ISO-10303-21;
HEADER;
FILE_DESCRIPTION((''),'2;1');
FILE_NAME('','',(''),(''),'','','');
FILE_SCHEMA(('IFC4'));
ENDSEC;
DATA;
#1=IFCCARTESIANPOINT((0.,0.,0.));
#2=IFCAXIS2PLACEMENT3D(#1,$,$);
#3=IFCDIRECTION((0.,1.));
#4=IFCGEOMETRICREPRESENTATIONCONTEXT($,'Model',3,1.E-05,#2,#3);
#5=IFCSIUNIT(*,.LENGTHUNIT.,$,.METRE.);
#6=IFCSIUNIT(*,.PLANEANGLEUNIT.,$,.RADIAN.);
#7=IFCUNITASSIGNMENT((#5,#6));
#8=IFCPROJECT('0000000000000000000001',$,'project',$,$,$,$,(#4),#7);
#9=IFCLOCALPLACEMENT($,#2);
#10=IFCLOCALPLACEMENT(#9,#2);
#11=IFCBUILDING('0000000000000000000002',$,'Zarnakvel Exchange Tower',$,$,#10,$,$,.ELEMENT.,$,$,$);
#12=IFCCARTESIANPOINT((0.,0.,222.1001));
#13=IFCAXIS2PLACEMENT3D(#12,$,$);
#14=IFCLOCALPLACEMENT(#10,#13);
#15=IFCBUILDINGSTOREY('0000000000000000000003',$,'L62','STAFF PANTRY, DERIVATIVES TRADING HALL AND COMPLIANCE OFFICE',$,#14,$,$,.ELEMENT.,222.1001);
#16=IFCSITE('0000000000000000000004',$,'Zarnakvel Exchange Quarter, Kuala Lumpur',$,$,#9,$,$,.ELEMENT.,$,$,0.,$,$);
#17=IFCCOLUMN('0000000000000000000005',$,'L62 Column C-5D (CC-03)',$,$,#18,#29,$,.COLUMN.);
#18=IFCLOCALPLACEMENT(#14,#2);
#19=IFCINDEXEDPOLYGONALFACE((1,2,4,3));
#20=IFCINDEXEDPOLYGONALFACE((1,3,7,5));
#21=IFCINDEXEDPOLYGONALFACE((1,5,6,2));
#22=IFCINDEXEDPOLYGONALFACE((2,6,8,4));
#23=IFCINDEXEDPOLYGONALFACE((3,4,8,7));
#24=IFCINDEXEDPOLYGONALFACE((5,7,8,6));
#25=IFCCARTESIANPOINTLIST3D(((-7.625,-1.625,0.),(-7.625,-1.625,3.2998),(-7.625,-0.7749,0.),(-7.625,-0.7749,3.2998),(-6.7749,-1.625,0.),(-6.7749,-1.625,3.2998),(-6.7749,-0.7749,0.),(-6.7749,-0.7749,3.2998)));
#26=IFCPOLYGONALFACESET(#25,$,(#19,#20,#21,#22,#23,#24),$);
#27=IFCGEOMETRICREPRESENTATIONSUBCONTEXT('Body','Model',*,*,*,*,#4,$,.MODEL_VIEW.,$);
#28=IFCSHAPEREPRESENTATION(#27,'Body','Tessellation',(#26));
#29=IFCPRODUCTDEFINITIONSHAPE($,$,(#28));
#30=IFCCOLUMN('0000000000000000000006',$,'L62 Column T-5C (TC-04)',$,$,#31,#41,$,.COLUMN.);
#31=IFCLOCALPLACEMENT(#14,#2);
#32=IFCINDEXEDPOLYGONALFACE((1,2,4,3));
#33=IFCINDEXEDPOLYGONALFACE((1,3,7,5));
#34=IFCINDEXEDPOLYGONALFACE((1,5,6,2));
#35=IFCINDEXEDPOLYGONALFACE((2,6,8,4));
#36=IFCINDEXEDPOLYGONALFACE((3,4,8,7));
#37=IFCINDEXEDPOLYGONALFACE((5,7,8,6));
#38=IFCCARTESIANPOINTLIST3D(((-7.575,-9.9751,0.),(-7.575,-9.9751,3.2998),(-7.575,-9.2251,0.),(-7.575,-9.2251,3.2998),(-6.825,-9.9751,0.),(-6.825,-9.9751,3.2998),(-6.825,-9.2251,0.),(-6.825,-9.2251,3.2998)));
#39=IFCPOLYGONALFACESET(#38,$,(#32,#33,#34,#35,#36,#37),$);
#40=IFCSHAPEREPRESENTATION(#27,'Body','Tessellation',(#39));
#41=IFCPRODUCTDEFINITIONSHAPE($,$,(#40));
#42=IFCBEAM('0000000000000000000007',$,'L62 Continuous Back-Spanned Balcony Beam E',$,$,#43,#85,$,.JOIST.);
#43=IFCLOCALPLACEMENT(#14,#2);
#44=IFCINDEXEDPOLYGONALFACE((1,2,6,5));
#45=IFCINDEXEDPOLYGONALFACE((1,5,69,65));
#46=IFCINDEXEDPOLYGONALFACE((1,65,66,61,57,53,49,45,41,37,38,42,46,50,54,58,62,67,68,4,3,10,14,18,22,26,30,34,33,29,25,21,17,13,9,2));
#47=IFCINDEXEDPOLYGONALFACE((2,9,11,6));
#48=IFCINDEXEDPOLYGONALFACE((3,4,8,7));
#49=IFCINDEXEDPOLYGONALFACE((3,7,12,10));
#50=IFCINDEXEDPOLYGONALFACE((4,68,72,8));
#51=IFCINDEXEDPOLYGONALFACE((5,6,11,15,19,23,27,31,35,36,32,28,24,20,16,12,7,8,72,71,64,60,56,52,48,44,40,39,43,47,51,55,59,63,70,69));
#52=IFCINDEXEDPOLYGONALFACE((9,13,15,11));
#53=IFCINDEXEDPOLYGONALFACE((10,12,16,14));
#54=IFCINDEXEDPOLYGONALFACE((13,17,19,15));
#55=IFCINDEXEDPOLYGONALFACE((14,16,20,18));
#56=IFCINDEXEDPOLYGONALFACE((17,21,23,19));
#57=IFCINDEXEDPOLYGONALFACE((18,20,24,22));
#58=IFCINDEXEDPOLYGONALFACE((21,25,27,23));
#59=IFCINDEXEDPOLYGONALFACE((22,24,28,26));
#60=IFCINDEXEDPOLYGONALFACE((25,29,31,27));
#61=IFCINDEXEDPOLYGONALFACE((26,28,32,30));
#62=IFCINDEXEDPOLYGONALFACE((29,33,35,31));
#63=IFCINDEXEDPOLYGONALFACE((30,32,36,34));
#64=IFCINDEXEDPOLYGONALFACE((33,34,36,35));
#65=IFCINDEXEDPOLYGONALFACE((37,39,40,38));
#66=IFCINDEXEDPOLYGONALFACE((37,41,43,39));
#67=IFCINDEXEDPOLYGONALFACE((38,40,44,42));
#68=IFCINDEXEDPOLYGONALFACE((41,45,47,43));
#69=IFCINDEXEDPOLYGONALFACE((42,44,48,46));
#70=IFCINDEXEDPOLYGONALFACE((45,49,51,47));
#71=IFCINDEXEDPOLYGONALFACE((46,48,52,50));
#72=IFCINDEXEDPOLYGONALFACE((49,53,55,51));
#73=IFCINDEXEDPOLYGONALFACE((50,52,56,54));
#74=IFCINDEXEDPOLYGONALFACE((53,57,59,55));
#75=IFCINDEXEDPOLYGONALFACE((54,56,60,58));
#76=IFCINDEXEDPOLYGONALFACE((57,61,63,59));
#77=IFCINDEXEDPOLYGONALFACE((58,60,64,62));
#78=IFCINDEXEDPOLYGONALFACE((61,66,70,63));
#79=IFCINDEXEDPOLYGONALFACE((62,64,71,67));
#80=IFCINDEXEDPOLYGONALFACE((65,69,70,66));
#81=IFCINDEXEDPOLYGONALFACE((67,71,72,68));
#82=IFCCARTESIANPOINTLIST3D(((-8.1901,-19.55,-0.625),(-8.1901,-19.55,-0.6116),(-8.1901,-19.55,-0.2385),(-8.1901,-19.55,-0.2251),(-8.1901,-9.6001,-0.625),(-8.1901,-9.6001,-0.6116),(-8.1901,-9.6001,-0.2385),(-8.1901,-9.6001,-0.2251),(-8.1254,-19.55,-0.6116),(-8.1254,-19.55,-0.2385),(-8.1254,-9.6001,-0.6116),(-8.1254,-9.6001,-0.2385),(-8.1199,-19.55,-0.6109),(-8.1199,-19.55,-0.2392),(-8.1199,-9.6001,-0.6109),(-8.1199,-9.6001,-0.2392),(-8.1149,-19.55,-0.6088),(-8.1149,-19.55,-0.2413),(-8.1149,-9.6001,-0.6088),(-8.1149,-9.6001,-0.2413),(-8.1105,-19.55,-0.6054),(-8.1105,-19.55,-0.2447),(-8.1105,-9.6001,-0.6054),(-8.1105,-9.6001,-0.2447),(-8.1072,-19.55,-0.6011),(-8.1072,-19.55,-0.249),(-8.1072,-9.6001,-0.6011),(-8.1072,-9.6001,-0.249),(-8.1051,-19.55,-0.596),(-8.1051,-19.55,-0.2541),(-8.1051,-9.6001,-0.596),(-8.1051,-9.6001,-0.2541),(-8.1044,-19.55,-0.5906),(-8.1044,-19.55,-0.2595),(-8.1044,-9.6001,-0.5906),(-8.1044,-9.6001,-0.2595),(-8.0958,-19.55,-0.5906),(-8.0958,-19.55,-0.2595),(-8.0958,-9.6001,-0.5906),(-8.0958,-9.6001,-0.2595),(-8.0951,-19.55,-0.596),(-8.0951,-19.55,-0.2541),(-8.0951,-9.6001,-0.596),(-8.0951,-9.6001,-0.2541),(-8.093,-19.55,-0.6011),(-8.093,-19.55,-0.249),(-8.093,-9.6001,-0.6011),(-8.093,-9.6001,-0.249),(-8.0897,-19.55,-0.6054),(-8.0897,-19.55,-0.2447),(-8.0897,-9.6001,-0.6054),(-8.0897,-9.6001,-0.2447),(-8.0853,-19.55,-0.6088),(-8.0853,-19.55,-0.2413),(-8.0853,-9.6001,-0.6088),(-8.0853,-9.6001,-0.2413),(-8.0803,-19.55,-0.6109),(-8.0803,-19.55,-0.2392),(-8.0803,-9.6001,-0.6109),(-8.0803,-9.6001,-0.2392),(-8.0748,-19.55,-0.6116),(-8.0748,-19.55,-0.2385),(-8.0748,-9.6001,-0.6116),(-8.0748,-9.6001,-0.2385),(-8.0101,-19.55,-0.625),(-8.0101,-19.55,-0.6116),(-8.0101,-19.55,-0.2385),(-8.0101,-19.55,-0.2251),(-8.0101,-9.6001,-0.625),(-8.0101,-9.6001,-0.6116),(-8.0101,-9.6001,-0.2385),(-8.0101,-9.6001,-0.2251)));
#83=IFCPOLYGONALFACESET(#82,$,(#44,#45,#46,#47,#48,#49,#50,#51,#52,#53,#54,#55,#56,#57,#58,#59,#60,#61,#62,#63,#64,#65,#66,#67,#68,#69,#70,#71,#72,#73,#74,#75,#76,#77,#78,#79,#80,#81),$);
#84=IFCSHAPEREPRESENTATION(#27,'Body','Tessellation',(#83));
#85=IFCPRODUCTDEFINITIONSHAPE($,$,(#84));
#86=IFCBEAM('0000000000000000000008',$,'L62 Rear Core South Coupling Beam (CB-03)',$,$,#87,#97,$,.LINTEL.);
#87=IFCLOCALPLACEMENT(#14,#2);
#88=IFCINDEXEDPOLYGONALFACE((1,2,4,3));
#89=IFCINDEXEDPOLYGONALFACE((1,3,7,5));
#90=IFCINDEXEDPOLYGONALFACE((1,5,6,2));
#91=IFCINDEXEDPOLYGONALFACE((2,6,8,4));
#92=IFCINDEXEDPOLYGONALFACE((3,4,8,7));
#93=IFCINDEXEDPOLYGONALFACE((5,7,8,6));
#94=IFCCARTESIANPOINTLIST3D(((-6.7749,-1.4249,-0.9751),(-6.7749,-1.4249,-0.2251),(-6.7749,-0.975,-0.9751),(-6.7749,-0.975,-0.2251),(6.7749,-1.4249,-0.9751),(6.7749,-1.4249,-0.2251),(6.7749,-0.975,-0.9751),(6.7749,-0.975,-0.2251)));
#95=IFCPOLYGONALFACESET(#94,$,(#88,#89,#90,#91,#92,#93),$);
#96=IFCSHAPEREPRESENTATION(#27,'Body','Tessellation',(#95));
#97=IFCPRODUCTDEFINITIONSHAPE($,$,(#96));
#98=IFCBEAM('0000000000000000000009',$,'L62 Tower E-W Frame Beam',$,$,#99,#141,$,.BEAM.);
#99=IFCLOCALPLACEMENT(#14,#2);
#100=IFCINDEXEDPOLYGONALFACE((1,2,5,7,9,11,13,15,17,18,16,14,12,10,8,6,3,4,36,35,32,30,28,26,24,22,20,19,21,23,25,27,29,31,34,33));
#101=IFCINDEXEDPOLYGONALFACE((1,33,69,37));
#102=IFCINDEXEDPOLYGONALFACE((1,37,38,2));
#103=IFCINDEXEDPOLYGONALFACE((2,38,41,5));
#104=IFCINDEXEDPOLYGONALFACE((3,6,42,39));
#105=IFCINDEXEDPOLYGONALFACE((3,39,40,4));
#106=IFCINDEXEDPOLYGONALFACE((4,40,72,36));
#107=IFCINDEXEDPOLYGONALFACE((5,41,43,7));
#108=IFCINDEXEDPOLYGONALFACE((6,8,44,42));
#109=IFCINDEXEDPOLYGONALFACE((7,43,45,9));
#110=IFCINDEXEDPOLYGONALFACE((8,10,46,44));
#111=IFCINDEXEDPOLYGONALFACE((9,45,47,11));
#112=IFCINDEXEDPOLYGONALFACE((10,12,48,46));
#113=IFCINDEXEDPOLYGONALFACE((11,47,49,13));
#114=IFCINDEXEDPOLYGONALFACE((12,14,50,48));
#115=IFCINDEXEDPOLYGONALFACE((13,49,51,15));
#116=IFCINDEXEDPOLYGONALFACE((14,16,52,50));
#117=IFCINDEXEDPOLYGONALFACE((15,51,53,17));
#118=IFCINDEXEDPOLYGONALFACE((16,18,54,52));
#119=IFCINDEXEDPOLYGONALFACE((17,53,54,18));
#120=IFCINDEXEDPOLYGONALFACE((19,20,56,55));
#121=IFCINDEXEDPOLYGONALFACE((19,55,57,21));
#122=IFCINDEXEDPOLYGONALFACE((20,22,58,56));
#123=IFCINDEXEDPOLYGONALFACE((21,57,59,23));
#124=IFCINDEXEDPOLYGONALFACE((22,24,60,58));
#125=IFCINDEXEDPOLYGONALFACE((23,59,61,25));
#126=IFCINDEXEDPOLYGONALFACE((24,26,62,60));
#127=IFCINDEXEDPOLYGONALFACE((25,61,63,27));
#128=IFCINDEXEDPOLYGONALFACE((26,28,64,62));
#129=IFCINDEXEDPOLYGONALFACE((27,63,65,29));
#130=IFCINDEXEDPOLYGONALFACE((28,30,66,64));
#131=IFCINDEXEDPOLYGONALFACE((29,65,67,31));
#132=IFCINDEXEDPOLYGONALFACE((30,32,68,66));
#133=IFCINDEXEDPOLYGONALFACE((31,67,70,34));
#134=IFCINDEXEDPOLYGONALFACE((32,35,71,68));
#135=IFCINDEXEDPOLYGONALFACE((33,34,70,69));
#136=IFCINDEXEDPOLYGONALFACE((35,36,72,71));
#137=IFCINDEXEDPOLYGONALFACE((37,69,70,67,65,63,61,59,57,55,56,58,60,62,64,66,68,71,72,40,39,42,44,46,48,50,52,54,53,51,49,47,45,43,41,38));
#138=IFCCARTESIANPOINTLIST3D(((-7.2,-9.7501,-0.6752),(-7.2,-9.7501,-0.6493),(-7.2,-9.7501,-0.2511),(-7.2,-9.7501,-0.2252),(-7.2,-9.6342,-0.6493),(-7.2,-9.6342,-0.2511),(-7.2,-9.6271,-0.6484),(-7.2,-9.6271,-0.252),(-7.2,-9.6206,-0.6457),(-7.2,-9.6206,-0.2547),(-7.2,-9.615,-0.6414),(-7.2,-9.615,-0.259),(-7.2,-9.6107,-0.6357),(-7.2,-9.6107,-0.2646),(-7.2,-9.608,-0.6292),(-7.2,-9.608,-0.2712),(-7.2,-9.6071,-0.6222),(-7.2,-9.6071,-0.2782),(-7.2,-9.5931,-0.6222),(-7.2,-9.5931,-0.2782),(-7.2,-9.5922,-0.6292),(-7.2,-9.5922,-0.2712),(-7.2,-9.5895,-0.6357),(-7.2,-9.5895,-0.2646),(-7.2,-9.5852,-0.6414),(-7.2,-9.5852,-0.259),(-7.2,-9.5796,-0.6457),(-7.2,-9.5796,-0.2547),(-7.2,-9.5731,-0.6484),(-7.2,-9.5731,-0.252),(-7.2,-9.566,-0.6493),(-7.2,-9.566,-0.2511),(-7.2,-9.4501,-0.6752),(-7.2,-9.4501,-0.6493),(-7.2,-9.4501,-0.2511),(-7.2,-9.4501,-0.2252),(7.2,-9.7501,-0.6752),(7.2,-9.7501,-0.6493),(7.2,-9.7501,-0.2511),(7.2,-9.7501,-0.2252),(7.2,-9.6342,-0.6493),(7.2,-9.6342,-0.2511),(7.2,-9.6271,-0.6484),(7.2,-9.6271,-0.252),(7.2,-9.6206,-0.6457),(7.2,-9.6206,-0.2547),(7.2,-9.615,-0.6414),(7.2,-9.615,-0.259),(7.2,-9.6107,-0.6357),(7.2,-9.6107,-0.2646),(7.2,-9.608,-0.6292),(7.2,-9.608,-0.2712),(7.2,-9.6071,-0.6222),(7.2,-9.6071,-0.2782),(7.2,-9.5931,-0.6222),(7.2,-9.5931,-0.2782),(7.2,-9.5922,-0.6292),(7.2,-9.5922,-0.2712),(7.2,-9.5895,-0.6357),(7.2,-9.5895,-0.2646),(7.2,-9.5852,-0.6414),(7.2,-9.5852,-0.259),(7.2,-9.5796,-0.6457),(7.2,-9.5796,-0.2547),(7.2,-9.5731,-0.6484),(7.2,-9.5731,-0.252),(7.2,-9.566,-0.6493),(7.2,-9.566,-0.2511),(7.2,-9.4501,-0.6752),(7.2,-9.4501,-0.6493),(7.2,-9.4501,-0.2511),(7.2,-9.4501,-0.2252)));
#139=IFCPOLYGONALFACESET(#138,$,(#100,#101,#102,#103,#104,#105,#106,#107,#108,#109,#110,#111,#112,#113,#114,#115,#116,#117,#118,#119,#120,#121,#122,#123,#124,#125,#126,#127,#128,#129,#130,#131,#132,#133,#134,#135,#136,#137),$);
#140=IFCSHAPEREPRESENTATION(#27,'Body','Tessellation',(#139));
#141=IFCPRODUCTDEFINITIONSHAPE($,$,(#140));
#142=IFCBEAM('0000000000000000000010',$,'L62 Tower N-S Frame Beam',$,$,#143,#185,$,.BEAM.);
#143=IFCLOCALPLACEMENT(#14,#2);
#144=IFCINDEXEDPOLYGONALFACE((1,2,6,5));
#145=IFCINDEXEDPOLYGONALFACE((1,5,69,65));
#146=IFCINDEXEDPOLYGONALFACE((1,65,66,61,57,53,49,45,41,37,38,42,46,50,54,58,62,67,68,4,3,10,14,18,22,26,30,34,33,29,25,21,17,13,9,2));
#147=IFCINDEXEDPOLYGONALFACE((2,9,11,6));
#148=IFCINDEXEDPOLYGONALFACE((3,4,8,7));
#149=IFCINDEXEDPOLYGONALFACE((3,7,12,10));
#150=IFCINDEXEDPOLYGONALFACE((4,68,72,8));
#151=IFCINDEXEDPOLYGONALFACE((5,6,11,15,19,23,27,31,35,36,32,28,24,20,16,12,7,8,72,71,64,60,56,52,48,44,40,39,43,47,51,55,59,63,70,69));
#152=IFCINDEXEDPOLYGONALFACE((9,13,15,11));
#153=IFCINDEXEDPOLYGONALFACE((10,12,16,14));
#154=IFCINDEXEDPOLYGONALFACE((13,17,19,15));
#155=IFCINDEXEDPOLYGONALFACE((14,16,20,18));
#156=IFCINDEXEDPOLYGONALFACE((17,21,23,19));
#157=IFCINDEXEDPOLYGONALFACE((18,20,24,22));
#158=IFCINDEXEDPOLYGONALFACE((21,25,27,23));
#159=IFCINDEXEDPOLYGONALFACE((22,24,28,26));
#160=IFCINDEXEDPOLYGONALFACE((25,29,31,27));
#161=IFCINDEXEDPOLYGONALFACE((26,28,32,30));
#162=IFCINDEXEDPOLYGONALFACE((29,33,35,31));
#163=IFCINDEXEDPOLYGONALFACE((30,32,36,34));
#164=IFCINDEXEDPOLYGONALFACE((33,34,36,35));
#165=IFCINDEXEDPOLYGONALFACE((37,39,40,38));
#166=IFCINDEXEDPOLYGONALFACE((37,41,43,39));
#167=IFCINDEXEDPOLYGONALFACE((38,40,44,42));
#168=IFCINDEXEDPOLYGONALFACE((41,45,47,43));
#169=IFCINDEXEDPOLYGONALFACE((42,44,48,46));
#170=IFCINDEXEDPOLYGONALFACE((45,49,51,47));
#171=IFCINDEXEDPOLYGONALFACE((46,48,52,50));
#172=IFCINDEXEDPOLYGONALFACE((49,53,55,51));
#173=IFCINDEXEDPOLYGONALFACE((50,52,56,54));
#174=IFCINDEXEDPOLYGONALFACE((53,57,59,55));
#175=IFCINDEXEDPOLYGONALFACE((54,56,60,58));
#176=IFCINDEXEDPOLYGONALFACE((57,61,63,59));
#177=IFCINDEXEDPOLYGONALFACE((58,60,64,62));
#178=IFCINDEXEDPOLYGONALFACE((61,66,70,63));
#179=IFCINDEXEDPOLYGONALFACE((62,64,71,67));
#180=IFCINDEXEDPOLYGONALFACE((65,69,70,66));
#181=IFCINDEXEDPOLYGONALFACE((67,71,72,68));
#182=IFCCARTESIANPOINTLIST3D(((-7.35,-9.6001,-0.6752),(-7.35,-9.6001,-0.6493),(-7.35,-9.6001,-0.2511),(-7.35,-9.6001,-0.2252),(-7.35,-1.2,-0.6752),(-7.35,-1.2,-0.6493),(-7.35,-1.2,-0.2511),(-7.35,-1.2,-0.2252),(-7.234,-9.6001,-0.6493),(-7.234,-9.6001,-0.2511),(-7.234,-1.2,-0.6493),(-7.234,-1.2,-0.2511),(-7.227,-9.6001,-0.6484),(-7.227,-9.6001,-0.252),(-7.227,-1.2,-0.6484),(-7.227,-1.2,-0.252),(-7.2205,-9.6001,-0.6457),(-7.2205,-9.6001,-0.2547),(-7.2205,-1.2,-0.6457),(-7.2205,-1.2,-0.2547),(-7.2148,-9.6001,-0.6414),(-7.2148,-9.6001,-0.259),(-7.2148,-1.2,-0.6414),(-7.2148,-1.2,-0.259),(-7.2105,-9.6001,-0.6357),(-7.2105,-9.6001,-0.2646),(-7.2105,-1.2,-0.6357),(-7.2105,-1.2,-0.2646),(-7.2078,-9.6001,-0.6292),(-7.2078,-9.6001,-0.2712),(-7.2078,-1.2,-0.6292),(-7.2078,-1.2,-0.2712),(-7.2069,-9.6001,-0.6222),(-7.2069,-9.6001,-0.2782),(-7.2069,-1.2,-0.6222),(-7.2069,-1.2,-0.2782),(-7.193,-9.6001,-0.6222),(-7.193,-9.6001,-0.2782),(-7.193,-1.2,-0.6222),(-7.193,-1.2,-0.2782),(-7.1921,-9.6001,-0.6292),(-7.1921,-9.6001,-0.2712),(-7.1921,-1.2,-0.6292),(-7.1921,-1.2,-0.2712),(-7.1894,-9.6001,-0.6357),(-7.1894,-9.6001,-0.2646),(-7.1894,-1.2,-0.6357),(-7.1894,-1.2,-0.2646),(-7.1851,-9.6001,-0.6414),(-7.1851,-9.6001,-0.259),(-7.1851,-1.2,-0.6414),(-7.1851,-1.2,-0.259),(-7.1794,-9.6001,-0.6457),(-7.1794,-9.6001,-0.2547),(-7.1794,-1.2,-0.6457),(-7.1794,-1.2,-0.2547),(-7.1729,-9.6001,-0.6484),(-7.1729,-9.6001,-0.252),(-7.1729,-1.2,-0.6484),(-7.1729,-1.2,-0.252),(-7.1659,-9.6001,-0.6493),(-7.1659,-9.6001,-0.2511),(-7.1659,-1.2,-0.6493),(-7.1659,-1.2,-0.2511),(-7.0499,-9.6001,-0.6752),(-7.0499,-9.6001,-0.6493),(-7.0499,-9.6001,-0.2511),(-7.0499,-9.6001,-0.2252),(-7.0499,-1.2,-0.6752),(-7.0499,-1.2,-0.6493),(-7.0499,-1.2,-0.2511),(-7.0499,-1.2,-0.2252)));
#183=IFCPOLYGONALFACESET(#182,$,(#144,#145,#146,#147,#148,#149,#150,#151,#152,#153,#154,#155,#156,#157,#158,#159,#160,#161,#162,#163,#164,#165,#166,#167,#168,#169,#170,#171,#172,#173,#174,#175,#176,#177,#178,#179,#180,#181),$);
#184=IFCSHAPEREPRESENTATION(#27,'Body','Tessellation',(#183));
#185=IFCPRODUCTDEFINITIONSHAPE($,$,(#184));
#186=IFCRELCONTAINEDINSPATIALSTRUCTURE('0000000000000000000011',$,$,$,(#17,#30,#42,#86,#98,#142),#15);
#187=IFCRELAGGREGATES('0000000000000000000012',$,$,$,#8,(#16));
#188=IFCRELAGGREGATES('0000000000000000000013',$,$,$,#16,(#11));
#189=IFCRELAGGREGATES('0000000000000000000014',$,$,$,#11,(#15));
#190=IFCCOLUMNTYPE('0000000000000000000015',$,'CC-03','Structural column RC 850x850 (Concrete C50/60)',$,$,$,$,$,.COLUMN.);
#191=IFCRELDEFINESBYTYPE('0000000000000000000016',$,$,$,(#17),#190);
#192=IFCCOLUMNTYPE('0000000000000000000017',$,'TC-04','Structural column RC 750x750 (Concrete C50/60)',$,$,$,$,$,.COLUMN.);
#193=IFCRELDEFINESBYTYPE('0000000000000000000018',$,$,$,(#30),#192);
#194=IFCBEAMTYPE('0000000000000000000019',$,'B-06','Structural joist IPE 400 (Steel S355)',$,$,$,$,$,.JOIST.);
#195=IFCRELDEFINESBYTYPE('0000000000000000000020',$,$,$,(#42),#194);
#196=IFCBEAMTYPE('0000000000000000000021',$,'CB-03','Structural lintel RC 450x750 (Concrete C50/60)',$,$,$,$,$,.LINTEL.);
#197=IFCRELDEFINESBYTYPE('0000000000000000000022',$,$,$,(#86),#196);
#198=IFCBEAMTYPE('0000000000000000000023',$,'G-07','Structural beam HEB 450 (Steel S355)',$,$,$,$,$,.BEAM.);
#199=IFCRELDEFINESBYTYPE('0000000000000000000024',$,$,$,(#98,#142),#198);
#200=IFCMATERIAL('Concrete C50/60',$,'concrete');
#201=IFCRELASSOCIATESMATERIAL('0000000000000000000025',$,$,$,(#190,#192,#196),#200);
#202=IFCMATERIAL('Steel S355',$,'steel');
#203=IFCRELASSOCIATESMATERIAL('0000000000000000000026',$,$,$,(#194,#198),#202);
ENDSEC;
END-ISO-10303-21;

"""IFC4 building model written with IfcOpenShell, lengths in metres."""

from ifc_helpers import new_model, si_unit, direction, frame, origin, origin_2d, place, context, subcontext, project, spatial, rectangle, i_section, extrude, material, material_profile, profile_set, type_object, element, save


model = new_model("IFC4")

# Units and contexts
model_context = context("Model", 3, precision=1e-05, world=origin(), true_north=direction((0.0, 1.0)))
body_context = subcontext(model_context, "Body", "Model", "MODEL_VIEW")
ifc_project = project(units=[si_unit("LENGTHUNIT", "METRE"), si_unit("PLANEANGLEUNIT", "RADIAN")], contexts=[model_context])

# Site, building, storey
site_placement = place(None, origin())
site = spatial("IfcSite", under=ifc_project, at=site_placement, Name="Zarnakvel Exchange Quarter, Kuala Lumpur", CompositionType="ELEMENT", RefElevation=0.0)
building_placement = place(site_placement, origin())
building = spatial("IfcBuilding", under=site, at=building_placement, Name="Zarnakvel Exchange Tower", CompositionType="ELEMENT")
storey_placement = place(building_placement, frame((0.0, 0.0, 222.1001)))
storey = spatial("IfcBuildingStorey", under=building, at=storey_placement, Name="L62", Description="STAFF PANTRY, DERIVATIVES TRADING HALL AND COMPLIANCE OFFICE", CompositionType="ELEMENT", Elevation=222.1001)

# Columns
ifc_material_1 = material(Name="Concrete C50/60", Category="concrete")
ifc_material_profile_1 = material_profile(ifc_material_1, rectangle(XDim=0.8501, YDim=0.8501, at=origin_2d()))
ifc_profile_set_1 = profile_set([ifc_material_profile_1], Name="Concrete C50/60")
column_type_1 = type_object("IfcColumnType", Name="CC-03", Description="Structural column RC 850x850 (Concrete C50/60)", PredefinedType="COLUMN", material=ifc_profile_set_1)
column_1_placement = place(storey_placement, frame((-7.2, -1.2, 0.0), z_axis=(0.0, 0.0, 1.0), x_axis=(1.0, 0.0, 0.0)))
element("IfcColumn", 1, at=column_1_placement, inside=storey, type_object=column_type_1, Name="L62 Column C-5D (CC-03)", PredefinedType="COLUMN", context=body_context, shape_type="SweptSolid", body=[
    extrude(rectangle(XDim=0.8501, YDim=0.8501, at=origin_2d()), origin(), (0.0, 0.0, 1.0), 3.2998),
])
ifc_material_profile_2 = material_profile(ifc_material_1, rectangle(XDim=0.75, YDim=0.75, at=origin_2d()))
ifc_profile_set_2 = profile_set([ifc_material_profile_2], Name="Concrete C50/60")
column_type_2 = type_object("IfcColumnType", Name="TC-04", Description="Structural column RC 750x750 (Concrete C50/60)", PredefinedType="COLUMN", material=ifc_profile_set_2)
column_2_placement = place(storey_placement, frame((-7.2, -9.6001, 0.0), z_axis=(0.0, 0.0, 1.0), x_axis=(1.0, 0.0, 0.0)))
element("IfcColumn", 2, at=column_2_placement, inside=storey, type_object=column_type_2, Name="L62 Column T-5C (TC-04)", PredefinedType="COLUMN", context=body_context, shape_type="SweptSolid", body=[
    extrude(rectangle(XDim=0.75, YDim=0.75, at=origin_2d()), origin(), (0.0, 0.0, 1.0), 3.2998),
])

# Beams
ifc_material_2 = material(Name="Steel S355", Category="steel")
ifc_material_profile_3 = material_profile(ifc_material_2, i_section(OverallWidth=0.1799, OverallDepth=0.3999, WebThickness=0.0085, FlangeThickness=0.0134, FilletRadius=0.021, at=origin_2d()))
ifc_profile_set_3 = profile_set([ifc_material_profile_3], Name="Steel S355")
beam_type_1 = type_object("IfcBeamType", Name="B-06", Description="Structural joist IPE 400 (Steel S355)", PredefinedType="JOIST", material=ifc_profile_set_3)
beam_1_placement = place(storey_placement, frame((-8.1001, -9.6001, -0.425), z_axis=(0.0, -1.0, 0.0), x_axis=(1.0, 0.0, 0.0)))
element("IfcBeam", 3, at=beam_1_placement, inside=storey, type_object=beam_type_1, Name="L62 Continuous Back-Spanned Balcony Beam E", PredefinedType="JOIST", context=body_context, shape_type="SweptSolid", body=[
    extrude(i_section(OverallWidth=0.1799, OverallDepth=0.3999, WebThickness=0.0085, FlangeThickness=0.0134, FilletRadius=0.021, at=origin_2d()), origin(), (0.0, 0.0, 1.0), 9.95),
])
ifc_material_profile_4 = material_profile(ifc_material_1, rectangle(XDim=0.45, YDim=0.75, at=origin_2d()))
ifc_profile_set_4 = profile_set([ifc_material_profile_4], Name="Concrete C50/60")
beam_type_2 = type_object("IfcBeamType", Name="CB-03", Description="Structural lintel RC 450x750 (Concrete C50/60)", PredefinedType="LINTEL", material=ifc_profile_set_4)
beam_2_placement = place(storey_placement, frame((-6.7749, -1.2, -0.6001), z_axis=(1.0, 0.0, 0.0), x_axis=(0.0, 1.0, 0.0)))
element("IfcBeam", 4, at=beam_2_placement, inside=storey, type_object=beam_type_2, Name="L62 Rear Core South Coupling Beam (CB-03)", PredefinedType="LINTEL", context=body_context, shape_type="SweptSolid", body=[
    extrude(rectangle(XDim=0.45, YDim=0.75, at=origin_2d()), origin(), (0.0, 0.0, 1.0), 13.5498),
])
ifc_material_profile_5 = material_profile(ifc_material_2, i_section(OverallWidth=0.3, OverallDepth=0.45, WebThickness=0.0139, FlangeThickness=0.0259, FilletRadius=0.0271, at=origin_2d()))
ifc_profile_set_5 = profile_set([ifc_material_profile_5], Name="Steel S355")
beam_type_3 = type_object("IfcBeamType", Name="G-07", Description="Structural beam HEB 450 (Steel S355)", PredefinedType="BEAM", material=ifc_profile_set_5)
beam_3_placement = place(storey_placement, frame((-7.2, -9.6001, -0.4502), z_axis=(1.0, 0.0, 0.0), x_axis=(0.0, 1.0, 0.0)))
element("IfcBeam", 5, at=beam_3_placement, inside=storey, type_object=beam_type_3, Name="L62 Tower E-W Frame Beam", PredefinedType="BEAM", context=body_context, shape_type="SweptSolid", body=[
    extrude(i_section(OverallWidth=0.3, OverallDepth=0.45, WebThickness=0.0139, FlangeThickness=0.0259, FilletRadius=0.0271, at=origin_2d()), origin(), (0.0, 0.0, 1.0), 14.3999),
])
beam_4_placement = place(storey_placement, frame((-7.2, -9.6001, -0.4502), z_axis=(0.0, 1.0, 0.0), x_axis=(-1.0, 0.0, 0.0)))
element("IfcBeam", 6, at=beam_4_placement, inside=storey, type_object=beam_type_3, Name="L62 Tower N-S Frame Beam", PredefinedType="BEAM", context=body_context, shape_type="SweptSolid", body=[
    extrude(i_section(OverallWidth=0.3, OverallDepth=0.45, WebThickness=0.0139, FlangeThickness=0.0259, FilletRadius=0.0271, at=origin_2d()), origin(), (0.0, 0.0, 1.0), 8.4001),
])

save(model, "model.ifc")
